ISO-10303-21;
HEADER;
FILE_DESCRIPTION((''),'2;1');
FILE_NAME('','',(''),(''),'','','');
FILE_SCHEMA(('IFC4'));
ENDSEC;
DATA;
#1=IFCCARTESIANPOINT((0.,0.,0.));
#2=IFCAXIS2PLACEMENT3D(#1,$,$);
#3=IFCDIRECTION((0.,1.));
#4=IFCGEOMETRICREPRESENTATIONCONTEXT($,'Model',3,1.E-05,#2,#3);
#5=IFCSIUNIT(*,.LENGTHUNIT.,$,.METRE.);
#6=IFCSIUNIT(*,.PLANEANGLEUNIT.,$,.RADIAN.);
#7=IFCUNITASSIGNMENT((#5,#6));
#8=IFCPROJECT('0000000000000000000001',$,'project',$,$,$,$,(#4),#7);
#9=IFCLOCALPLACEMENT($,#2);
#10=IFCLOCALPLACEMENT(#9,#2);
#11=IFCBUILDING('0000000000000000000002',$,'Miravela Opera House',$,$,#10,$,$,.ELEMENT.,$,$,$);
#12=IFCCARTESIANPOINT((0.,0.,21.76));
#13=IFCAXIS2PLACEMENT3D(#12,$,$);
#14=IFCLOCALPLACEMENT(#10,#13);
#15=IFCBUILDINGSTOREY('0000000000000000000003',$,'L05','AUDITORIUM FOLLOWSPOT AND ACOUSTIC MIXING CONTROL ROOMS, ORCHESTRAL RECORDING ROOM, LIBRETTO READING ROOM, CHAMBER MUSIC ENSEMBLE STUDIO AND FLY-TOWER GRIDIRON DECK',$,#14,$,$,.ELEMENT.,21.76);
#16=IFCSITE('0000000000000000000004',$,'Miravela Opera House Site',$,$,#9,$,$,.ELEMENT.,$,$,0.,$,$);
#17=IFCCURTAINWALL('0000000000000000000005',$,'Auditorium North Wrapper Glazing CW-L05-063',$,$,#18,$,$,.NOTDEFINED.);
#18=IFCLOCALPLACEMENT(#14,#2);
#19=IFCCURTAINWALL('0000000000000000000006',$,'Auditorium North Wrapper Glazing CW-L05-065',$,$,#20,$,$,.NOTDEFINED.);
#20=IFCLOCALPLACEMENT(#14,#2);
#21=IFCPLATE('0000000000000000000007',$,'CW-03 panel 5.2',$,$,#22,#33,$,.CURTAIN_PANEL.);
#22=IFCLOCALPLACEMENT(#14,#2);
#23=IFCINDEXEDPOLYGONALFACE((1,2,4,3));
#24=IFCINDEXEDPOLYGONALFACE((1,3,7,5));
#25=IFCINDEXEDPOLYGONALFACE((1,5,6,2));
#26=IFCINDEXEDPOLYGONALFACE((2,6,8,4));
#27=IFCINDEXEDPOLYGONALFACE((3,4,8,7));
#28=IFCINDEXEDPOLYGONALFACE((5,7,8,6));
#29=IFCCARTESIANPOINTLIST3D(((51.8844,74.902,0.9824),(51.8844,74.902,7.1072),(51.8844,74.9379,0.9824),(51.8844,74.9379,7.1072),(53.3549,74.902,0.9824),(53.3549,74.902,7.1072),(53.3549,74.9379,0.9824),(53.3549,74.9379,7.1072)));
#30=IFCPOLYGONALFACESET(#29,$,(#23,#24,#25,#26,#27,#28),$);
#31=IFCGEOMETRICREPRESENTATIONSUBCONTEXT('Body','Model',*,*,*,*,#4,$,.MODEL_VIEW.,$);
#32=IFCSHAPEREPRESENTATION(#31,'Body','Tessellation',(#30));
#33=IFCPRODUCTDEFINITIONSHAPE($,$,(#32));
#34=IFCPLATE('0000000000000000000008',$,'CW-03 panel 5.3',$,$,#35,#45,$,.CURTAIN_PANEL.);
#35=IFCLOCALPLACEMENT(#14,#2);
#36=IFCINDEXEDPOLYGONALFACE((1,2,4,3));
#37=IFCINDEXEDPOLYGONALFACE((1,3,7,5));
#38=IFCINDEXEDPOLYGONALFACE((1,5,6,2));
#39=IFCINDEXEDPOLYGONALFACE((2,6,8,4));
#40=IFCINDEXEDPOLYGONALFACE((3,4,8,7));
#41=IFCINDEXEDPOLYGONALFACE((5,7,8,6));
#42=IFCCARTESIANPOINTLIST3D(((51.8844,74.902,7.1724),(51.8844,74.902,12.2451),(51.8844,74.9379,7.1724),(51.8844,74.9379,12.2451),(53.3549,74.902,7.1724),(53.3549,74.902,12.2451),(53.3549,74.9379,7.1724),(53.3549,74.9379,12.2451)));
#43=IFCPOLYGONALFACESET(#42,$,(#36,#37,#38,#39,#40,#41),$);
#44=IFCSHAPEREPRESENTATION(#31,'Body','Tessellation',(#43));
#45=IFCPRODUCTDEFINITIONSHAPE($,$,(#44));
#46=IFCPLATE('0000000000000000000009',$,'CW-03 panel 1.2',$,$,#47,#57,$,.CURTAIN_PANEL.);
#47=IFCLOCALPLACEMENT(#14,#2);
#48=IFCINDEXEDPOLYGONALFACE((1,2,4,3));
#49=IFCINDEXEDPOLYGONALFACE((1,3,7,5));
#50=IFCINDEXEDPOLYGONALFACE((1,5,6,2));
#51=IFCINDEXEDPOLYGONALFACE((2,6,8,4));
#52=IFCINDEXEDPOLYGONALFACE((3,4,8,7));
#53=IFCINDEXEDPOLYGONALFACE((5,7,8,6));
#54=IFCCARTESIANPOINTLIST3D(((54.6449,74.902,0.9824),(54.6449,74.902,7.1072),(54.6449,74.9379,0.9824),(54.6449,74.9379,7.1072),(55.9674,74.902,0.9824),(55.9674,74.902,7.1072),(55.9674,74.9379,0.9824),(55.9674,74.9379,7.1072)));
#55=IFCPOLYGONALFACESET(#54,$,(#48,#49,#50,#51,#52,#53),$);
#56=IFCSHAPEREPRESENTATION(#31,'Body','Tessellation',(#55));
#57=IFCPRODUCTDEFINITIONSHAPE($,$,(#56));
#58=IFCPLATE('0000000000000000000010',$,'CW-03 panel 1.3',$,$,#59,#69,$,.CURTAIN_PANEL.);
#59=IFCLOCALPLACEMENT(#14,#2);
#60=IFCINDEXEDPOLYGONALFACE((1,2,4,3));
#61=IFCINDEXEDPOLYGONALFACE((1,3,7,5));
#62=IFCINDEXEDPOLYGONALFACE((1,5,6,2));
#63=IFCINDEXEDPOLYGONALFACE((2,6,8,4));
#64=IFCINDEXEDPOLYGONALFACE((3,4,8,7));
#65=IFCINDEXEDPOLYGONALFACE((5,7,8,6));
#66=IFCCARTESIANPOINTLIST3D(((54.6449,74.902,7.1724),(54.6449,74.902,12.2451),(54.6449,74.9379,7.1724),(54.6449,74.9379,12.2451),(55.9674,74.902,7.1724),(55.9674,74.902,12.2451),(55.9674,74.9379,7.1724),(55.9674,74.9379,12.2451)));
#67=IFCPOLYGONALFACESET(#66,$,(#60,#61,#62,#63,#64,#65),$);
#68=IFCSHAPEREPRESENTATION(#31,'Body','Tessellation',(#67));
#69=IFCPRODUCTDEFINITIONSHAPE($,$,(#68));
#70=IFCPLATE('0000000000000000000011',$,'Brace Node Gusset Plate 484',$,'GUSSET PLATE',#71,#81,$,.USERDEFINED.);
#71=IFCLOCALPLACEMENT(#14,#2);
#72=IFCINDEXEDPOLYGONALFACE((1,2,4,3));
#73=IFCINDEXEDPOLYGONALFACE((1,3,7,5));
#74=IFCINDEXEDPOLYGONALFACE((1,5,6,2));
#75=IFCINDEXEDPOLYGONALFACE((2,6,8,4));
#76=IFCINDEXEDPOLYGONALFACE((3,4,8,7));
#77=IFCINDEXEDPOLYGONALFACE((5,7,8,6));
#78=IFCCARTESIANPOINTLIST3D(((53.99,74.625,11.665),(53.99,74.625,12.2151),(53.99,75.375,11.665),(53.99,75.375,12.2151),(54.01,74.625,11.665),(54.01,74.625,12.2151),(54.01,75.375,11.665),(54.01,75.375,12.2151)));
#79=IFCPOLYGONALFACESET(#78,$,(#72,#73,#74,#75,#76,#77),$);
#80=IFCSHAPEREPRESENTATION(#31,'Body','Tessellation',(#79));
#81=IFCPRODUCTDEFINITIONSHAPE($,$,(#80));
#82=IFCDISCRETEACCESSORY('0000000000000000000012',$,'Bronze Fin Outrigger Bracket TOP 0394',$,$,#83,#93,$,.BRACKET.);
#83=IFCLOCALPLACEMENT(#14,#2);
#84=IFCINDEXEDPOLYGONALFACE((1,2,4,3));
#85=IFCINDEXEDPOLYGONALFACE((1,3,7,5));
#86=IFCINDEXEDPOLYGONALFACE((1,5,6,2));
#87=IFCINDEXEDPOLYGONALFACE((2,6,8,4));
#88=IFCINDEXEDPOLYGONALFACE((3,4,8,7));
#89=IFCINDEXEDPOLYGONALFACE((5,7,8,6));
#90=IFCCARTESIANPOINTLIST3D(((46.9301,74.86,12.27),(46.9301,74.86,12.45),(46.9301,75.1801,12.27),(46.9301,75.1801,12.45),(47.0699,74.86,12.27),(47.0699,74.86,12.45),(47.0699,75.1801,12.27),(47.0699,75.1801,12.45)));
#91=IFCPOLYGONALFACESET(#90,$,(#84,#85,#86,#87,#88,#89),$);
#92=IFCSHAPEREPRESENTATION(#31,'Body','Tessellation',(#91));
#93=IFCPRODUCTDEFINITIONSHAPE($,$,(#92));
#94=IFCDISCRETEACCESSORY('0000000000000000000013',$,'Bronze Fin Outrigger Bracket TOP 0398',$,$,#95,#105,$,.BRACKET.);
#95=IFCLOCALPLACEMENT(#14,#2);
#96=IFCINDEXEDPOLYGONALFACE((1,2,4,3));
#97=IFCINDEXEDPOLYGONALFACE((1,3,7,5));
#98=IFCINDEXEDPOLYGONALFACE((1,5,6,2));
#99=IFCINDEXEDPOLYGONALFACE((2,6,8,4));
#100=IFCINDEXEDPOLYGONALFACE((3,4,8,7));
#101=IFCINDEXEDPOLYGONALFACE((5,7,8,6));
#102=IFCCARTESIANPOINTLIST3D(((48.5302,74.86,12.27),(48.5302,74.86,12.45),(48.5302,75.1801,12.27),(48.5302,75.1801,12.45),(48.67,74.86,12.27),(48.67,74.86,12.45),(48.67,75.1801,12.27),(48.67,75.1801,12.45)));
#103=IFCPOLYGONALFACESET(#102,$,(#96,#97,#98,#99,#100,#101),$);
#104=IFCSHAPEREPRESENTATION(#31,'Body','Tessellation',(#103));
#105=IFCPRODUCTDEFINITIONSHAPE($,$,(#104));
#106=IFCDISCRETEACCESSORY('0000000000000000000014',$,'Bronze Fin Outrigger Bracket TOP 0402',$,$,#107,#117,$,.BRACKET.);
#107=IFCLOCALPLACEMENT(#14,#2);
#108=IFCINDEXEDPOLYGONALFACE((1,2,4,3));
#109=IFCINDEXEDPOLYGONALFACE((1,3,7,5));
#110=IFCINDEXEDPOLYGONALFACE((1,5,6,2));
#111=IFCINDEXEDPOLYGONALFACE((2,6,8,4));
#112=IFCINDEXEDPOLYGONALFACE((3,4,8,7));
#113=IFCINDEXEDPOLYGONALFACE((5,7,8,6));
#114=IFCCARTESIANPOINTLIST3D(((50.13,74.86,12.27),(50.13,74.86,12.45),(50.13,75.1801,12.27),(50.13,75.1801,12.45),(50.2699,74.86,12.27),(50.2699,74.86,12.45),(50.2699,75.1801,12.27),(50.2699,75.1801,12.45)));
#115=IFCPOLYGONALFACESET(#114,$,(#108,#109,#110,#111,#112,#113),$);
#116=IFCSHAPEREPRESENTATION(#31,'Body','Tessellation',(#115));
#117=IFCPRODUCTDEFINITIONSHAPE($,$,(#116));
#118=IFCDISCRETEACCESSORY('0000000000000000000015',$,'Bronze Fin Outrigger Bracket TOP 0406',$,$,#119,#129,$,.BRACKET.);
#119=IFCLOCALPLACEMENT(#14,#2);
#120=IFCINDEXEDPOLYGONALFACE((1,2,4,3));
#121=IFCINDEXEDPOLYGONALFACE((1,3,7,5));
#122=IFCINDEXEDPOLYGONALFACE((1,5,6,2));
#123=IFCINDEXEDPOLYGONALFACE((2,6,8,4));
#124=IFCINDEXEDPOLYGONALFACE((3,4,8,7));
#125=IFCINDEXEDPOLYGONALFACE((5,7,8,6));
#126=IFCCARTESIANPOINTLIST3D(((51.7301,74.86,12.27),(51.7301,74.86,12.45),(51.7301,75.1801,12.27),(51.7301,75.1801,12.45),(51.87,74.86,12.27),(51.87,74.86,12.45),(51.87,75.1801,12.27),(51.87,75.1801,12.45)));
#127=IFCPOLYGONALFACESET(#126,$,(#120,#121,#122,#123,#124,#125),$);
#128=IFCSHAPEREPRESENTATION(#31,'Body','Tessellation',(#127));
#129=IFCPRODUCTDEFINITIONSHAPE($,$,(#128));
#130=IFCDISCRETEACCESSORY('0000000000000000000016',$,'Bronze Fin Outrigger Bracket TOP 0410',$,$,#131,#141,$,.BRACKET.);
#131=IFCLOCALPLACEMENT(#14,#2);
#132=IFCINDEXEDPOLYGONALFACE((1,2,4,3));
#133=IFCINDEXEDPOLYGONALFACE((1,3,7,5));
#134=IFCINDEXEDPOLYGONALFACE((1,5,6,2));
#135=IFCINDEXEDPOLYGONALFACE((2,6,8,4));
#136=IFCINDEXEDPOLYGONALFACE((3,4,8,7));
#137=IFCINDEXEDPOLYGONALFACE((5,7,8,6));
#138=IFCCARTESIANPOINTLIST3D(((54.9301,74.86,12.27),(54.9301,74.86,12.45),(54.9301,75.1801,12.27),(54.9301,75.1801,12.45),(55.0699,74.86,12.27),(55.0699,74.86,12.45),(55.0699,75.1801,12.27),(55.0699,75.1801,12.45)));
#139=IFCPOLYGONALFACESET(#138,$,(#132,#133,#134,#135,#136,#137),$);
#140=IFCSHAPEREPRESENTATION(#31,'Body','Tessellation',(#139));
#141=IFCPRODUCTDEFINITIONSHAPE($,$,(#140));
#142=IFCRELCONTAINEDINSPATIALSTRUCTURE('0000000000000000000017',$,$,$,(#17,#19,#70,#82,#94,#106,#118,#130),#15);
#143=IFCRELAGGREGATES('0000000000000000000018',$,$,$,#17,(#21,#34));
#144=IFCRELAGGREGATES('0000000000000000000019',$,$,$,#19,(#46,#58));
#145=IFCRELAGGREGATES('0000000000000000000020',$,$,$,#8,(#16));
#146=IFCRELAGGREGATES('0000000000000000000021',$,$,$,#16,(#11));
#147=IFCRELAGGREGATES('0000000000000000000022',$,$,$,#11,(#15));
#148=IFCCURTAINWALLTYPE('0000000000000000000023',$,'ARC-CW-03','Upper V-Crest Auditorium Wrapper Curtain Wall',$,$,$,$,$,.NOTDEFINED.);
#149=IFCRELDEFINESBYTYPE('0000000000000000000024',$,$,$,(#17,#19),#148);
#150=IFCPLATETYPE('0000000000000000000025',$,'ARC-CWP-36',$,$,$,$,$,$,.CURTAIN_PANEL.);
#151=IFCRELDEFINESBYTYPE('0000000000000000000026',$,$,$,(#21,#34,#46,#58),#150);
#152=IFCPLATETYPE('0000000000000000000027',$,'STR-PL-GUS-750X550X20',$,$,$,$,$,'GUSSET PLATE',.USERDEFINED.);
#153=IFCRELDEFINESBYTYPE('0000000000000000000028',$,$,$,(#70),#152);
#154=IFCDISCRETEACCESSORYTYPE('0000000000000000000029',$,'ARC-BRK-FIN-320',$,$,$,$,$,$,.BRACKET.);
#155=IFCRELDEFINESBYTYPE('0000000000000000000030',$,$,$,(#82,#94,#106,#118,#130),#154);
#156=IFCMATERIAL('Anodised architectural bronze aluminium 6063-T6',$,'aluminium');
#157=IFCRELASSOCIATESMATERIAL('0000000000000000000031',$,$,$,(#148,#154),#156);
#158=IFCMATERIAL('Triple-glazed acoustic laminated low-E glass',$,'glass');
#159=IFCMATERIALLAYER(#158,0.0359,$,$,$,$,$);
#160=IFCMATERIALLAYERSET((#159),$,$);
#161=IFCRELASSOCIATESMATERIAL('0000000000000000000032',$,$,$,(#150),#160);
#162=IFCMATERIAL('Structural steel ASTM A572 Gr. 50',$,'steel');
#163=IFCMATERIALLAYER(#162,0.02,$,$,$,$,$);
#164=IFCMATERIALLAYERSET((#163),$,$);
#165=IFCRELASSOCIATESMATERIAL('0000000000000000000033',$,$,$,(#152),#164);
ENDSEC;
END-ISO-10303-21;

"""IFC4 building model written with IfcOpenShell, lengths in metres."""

from ifc_helpers import new_model, si_unit, direction, frame, origin, origin_2d, place, context, subcontext, project, spatial, rectangle, extrude, material, layer, layer_set, type_object, element, aggregate, save


model = new_model("IFC4")

# Units and contexts
model_context = context("Model", 3, precision=1e-05, world=origin(), true_north=direction((0.0, 1.0)))
body_context = subcontext(model_context, "Body", "Model", "MODEL_VIEW")
ifc_project = project(units=[si_unit("LENGTHUNIT", "METRE"), si_unit("PLANEANGLEUNIT", "RADIAN")], contexts=[model_context])

# Site, building, storey
site_placement = place(None, origin())
site = spatial("IfcSite", under=ifc_project, at=site_placement, Name="Miravela Opera House Site", CompositionType="ELEMENT", RefElevation=0.0)
building_placement = place(site_placement, origin())
building = spatial("IfcBuilding", under=site, at=building_placement, Name="Miravela Opera House", CompositionType="ELEMENT")
storey_placement = place(building_placement, frame((0.0, 0.0, 21.76)))
storey = spatial("IfcBuildingStorey", under=building, at=storey_placement, Name="L05", Description="AUDITORIUM FOLLOWSPOT AND ACOUSTIC MIXING CONTROL ROOMS, ORCHESTRAL RECORDING ROOM, LIBRETTO READING ROOM, CHAMBER MUSIC ENSEMBLE STUDIO AND FLY-TOWER GRIDIRON DECK", CompositionType="ELEMENT", Elevation=21.76)

# Curtain walls
ifc_material_1 = material(Name="Anodised architectural bronze aluminium 6063-T6", Category="aluminium")
curtain_wall_type = type_object("IfcCurtainWallType", Name="ARC-CW-03", Description="Upper V-Crest Auditorium Wrapper Curtain Wall", PredefinedType="NOTDEFINED", material=ifc_material_1)
curtain_wall_1_placement = place(storey_placement, origin())
curtain_wall_1 = element("IfcCurtainWall", 1, at=curtain_wall_1_placement, inside=storey, type_object=curtain_wall_type, Name="Auditorium North Wrapper Glazing CW-L05-063", PredefinedType="NOTDEFINED")
curtain_wall_2_placement = place(storey_placement, origin())
curtain_wall_2 = element("IfcCurtainWall", 2, at=curtain_wall_2_placement, inside=storey, type_object=curtain_wall_type, Name="Auditorium North Wrapper Glazing CW-L05-065", PredefinedType="NOTDEFINED")

# Plates
ifc_material_2 = material(Name="Triple-glazed acoustic laminated low-E glass", Category="glass")
ifc_layer_1 = layer(ifc_material_2, 0.0359)
ifc_layer_set_1 = layer_set([ifc_layer_1])
plate_type_1 = type_object("IfcPlateType", Name="ARC-CWP-36", PredefinedType="CURTAIN_PANEL", material=ifc_layer_set_1)
plate_1_placement = place(storey_placement, frame((52.6196, 74.9199, 0.9824), z_axis=(0.0, 0.0, 1.0), x_axis=(1.0, 0.0, 0.0)))
plate_1 = element("IfcPlate", 3, at=plate_1_placement, type_object=plate_type_1, Name="CW-03 panel 5.2", PredefinedType="CURTAIN_PANEL", context=body_context, shape_type="SweptSolid", body=[
    extrude(rectangle(XDim=1.4705, YDim=0.0359, at=origin_2d()), origin(), (0.0, 0.0, 1.0), 6.1248),
])
plate_2_placement = place(storey_placement, frame((52.6196, 74.9199, 7.1724), z_axis=(0.0, 0.0, 1.0), x_axis=(1.0, 0.0, 0.0)))
plate_2 = element("IfcPlate", 4, at=plate_2_placement, type_object=plate_type_1, Name="CW-03 panel 5.3", PredefinedType="CURTAIN_PANEL", context=body_context, shape_type="SweptSolid", body=[
    extrude(rectangle(XDim=1.4705, YDim=0.0359, at=origin_2d()), origin(), (0.0, 0.0, 1.0), 5.0728),
])
aggregate(curtain_wall_1, [plate_1, plate_2])
plate_3_placement = place(storey_placement, frame((55.3062, 74.9199, 0.9824), z_axis=(0.0, 0.0, 1.0), x_axis=(1.0, 0.0, 0.0)))
plate_3 = element("IfcPlate", 5, at=plate_3_placement, type_object=plate_type_1, Name="CW-03 panel 1.2", PredefinedType="CURTAIN_PANEL", context=body_context, shape_type="SweptSolid", body=[
    extrude(rectangle(XDim=1.3225, YDim=0.0359, at=origin_2d()), origin(), (0.0, 0.0, 1.0), 6.1248),
])
plate_4_placement = place(storey_placement, frame((55.3062, 74.9199, 7.1724), z_axis=(0.0, 0.0, 1.0), x_axis=(1.0, 0.0, 0.0)))
plate_4 = element("IfcPlate", 6, at=plate_4_placement, type_object=plate_type_1, Name="CW-03 panel 1.3", PredefinedType="CURTAIN_PANEL", context=body_context, shape_type="SweptSolid", body=[
    extrude(rectangle(XDim=1.3225, YDim=0.0359, at=origin_2d()), origin(), (0.0, 0.0, 1.0), 5.0728),
])
aggregate(curtain_wall_2, [plate_3, plate_4])
ifc_material_3 = material(Name="Structural steel ASTM A572 Gr. 50", Category="steel")
ifc_layer_2 = layer(ifc_material_3, 0.02)
ifc_layer_set_2 = layer_set([ifc_layer_2])
plate_type_2 = type_object("IfcPlateType", Name="STR-PL-GUS-750X550X20", ElementType="GUSSET PLATE", PredefinedType="USERDEFINED", material=ifc_layer_set_2)
plate_5_placement = place(storey_placement, frame((54.0, 75.0, 11.665), z_axis=(0.0, 0.0, 1.0), x_axis=(0.0, 1.0, 0.0)))
element("IfcPlate", 7, at=plate_5_placement, inside=storey, type_object=plate_type_2, Name="Brace Node Gusset Plate 484", ObjectType="GUSSET PLATE", PredefinedType="USERDEFINED", context=body_context, shape_type="SweptSolid", body=[
    extrude(rectangle(XDim=0.75, YDim=0.02, at=origin_2d()), origin(), (0.0, 0.0, 1.0), 0.55),
])

# Discrete accessories
discrete_accessory_type = type_object("IfcDiscreteAccessoryType", Name="ARC-BRK-FIN-320", PredefinedType="BRACKET", material=ifc_material_1)
for number, where, z_axis, x_axis, name in (
    (8, (47.0, 75.02, 12.27), (0.0, 0.0, 1.0), (0.0, 1.0, 0.0), "Bronze Fin Outrigger Bracket TOP 0394"),
    (9, (48.6001, 75.02, 12.27), (0.0, 0.0, 1.0), (0.0, 1.0, 0.0), "Bronze Fin Outrigger Bracket TOP 0398"),
    (10, (50.2, 75.02, 12.27), (0.0, 0.0, 1.0), (0.0, 1.0, 0.0), "Bronze Fin Outrigger Bracket TOP 0402"),
    (11, (51.8, 75.02, 12.27), (0.0, 0.0, 1.0), (0.0, 1.0, 0.0), "Bronze Fin Outrigger Bracket TOP 0406"),
    (12, (55.0, 75.02, 12.27), (0.0, 0.0, 1.0), (0.0, 1.0, 0.0), "Bronze Fin Outrigger Bracket TOP 0410"),
):
    element("IfcDiscreteAccessory", number, at=place(storey_placement, frame(where, z_axis=z_axis, x_axis=x_axis)), inside=storey, type_object=discrete_accessory_type, Name=name, PredefinedType="BRACKET", context=body_context, shape_type="SweptSolid", body=[
        extrude(rectangle(XDim=0.3201, YDim=0.1399, at=origin_2d()), origin(), (0.0, 0.0, 1.0), 0.1799),
    ])

save(model, "model.ifc")
